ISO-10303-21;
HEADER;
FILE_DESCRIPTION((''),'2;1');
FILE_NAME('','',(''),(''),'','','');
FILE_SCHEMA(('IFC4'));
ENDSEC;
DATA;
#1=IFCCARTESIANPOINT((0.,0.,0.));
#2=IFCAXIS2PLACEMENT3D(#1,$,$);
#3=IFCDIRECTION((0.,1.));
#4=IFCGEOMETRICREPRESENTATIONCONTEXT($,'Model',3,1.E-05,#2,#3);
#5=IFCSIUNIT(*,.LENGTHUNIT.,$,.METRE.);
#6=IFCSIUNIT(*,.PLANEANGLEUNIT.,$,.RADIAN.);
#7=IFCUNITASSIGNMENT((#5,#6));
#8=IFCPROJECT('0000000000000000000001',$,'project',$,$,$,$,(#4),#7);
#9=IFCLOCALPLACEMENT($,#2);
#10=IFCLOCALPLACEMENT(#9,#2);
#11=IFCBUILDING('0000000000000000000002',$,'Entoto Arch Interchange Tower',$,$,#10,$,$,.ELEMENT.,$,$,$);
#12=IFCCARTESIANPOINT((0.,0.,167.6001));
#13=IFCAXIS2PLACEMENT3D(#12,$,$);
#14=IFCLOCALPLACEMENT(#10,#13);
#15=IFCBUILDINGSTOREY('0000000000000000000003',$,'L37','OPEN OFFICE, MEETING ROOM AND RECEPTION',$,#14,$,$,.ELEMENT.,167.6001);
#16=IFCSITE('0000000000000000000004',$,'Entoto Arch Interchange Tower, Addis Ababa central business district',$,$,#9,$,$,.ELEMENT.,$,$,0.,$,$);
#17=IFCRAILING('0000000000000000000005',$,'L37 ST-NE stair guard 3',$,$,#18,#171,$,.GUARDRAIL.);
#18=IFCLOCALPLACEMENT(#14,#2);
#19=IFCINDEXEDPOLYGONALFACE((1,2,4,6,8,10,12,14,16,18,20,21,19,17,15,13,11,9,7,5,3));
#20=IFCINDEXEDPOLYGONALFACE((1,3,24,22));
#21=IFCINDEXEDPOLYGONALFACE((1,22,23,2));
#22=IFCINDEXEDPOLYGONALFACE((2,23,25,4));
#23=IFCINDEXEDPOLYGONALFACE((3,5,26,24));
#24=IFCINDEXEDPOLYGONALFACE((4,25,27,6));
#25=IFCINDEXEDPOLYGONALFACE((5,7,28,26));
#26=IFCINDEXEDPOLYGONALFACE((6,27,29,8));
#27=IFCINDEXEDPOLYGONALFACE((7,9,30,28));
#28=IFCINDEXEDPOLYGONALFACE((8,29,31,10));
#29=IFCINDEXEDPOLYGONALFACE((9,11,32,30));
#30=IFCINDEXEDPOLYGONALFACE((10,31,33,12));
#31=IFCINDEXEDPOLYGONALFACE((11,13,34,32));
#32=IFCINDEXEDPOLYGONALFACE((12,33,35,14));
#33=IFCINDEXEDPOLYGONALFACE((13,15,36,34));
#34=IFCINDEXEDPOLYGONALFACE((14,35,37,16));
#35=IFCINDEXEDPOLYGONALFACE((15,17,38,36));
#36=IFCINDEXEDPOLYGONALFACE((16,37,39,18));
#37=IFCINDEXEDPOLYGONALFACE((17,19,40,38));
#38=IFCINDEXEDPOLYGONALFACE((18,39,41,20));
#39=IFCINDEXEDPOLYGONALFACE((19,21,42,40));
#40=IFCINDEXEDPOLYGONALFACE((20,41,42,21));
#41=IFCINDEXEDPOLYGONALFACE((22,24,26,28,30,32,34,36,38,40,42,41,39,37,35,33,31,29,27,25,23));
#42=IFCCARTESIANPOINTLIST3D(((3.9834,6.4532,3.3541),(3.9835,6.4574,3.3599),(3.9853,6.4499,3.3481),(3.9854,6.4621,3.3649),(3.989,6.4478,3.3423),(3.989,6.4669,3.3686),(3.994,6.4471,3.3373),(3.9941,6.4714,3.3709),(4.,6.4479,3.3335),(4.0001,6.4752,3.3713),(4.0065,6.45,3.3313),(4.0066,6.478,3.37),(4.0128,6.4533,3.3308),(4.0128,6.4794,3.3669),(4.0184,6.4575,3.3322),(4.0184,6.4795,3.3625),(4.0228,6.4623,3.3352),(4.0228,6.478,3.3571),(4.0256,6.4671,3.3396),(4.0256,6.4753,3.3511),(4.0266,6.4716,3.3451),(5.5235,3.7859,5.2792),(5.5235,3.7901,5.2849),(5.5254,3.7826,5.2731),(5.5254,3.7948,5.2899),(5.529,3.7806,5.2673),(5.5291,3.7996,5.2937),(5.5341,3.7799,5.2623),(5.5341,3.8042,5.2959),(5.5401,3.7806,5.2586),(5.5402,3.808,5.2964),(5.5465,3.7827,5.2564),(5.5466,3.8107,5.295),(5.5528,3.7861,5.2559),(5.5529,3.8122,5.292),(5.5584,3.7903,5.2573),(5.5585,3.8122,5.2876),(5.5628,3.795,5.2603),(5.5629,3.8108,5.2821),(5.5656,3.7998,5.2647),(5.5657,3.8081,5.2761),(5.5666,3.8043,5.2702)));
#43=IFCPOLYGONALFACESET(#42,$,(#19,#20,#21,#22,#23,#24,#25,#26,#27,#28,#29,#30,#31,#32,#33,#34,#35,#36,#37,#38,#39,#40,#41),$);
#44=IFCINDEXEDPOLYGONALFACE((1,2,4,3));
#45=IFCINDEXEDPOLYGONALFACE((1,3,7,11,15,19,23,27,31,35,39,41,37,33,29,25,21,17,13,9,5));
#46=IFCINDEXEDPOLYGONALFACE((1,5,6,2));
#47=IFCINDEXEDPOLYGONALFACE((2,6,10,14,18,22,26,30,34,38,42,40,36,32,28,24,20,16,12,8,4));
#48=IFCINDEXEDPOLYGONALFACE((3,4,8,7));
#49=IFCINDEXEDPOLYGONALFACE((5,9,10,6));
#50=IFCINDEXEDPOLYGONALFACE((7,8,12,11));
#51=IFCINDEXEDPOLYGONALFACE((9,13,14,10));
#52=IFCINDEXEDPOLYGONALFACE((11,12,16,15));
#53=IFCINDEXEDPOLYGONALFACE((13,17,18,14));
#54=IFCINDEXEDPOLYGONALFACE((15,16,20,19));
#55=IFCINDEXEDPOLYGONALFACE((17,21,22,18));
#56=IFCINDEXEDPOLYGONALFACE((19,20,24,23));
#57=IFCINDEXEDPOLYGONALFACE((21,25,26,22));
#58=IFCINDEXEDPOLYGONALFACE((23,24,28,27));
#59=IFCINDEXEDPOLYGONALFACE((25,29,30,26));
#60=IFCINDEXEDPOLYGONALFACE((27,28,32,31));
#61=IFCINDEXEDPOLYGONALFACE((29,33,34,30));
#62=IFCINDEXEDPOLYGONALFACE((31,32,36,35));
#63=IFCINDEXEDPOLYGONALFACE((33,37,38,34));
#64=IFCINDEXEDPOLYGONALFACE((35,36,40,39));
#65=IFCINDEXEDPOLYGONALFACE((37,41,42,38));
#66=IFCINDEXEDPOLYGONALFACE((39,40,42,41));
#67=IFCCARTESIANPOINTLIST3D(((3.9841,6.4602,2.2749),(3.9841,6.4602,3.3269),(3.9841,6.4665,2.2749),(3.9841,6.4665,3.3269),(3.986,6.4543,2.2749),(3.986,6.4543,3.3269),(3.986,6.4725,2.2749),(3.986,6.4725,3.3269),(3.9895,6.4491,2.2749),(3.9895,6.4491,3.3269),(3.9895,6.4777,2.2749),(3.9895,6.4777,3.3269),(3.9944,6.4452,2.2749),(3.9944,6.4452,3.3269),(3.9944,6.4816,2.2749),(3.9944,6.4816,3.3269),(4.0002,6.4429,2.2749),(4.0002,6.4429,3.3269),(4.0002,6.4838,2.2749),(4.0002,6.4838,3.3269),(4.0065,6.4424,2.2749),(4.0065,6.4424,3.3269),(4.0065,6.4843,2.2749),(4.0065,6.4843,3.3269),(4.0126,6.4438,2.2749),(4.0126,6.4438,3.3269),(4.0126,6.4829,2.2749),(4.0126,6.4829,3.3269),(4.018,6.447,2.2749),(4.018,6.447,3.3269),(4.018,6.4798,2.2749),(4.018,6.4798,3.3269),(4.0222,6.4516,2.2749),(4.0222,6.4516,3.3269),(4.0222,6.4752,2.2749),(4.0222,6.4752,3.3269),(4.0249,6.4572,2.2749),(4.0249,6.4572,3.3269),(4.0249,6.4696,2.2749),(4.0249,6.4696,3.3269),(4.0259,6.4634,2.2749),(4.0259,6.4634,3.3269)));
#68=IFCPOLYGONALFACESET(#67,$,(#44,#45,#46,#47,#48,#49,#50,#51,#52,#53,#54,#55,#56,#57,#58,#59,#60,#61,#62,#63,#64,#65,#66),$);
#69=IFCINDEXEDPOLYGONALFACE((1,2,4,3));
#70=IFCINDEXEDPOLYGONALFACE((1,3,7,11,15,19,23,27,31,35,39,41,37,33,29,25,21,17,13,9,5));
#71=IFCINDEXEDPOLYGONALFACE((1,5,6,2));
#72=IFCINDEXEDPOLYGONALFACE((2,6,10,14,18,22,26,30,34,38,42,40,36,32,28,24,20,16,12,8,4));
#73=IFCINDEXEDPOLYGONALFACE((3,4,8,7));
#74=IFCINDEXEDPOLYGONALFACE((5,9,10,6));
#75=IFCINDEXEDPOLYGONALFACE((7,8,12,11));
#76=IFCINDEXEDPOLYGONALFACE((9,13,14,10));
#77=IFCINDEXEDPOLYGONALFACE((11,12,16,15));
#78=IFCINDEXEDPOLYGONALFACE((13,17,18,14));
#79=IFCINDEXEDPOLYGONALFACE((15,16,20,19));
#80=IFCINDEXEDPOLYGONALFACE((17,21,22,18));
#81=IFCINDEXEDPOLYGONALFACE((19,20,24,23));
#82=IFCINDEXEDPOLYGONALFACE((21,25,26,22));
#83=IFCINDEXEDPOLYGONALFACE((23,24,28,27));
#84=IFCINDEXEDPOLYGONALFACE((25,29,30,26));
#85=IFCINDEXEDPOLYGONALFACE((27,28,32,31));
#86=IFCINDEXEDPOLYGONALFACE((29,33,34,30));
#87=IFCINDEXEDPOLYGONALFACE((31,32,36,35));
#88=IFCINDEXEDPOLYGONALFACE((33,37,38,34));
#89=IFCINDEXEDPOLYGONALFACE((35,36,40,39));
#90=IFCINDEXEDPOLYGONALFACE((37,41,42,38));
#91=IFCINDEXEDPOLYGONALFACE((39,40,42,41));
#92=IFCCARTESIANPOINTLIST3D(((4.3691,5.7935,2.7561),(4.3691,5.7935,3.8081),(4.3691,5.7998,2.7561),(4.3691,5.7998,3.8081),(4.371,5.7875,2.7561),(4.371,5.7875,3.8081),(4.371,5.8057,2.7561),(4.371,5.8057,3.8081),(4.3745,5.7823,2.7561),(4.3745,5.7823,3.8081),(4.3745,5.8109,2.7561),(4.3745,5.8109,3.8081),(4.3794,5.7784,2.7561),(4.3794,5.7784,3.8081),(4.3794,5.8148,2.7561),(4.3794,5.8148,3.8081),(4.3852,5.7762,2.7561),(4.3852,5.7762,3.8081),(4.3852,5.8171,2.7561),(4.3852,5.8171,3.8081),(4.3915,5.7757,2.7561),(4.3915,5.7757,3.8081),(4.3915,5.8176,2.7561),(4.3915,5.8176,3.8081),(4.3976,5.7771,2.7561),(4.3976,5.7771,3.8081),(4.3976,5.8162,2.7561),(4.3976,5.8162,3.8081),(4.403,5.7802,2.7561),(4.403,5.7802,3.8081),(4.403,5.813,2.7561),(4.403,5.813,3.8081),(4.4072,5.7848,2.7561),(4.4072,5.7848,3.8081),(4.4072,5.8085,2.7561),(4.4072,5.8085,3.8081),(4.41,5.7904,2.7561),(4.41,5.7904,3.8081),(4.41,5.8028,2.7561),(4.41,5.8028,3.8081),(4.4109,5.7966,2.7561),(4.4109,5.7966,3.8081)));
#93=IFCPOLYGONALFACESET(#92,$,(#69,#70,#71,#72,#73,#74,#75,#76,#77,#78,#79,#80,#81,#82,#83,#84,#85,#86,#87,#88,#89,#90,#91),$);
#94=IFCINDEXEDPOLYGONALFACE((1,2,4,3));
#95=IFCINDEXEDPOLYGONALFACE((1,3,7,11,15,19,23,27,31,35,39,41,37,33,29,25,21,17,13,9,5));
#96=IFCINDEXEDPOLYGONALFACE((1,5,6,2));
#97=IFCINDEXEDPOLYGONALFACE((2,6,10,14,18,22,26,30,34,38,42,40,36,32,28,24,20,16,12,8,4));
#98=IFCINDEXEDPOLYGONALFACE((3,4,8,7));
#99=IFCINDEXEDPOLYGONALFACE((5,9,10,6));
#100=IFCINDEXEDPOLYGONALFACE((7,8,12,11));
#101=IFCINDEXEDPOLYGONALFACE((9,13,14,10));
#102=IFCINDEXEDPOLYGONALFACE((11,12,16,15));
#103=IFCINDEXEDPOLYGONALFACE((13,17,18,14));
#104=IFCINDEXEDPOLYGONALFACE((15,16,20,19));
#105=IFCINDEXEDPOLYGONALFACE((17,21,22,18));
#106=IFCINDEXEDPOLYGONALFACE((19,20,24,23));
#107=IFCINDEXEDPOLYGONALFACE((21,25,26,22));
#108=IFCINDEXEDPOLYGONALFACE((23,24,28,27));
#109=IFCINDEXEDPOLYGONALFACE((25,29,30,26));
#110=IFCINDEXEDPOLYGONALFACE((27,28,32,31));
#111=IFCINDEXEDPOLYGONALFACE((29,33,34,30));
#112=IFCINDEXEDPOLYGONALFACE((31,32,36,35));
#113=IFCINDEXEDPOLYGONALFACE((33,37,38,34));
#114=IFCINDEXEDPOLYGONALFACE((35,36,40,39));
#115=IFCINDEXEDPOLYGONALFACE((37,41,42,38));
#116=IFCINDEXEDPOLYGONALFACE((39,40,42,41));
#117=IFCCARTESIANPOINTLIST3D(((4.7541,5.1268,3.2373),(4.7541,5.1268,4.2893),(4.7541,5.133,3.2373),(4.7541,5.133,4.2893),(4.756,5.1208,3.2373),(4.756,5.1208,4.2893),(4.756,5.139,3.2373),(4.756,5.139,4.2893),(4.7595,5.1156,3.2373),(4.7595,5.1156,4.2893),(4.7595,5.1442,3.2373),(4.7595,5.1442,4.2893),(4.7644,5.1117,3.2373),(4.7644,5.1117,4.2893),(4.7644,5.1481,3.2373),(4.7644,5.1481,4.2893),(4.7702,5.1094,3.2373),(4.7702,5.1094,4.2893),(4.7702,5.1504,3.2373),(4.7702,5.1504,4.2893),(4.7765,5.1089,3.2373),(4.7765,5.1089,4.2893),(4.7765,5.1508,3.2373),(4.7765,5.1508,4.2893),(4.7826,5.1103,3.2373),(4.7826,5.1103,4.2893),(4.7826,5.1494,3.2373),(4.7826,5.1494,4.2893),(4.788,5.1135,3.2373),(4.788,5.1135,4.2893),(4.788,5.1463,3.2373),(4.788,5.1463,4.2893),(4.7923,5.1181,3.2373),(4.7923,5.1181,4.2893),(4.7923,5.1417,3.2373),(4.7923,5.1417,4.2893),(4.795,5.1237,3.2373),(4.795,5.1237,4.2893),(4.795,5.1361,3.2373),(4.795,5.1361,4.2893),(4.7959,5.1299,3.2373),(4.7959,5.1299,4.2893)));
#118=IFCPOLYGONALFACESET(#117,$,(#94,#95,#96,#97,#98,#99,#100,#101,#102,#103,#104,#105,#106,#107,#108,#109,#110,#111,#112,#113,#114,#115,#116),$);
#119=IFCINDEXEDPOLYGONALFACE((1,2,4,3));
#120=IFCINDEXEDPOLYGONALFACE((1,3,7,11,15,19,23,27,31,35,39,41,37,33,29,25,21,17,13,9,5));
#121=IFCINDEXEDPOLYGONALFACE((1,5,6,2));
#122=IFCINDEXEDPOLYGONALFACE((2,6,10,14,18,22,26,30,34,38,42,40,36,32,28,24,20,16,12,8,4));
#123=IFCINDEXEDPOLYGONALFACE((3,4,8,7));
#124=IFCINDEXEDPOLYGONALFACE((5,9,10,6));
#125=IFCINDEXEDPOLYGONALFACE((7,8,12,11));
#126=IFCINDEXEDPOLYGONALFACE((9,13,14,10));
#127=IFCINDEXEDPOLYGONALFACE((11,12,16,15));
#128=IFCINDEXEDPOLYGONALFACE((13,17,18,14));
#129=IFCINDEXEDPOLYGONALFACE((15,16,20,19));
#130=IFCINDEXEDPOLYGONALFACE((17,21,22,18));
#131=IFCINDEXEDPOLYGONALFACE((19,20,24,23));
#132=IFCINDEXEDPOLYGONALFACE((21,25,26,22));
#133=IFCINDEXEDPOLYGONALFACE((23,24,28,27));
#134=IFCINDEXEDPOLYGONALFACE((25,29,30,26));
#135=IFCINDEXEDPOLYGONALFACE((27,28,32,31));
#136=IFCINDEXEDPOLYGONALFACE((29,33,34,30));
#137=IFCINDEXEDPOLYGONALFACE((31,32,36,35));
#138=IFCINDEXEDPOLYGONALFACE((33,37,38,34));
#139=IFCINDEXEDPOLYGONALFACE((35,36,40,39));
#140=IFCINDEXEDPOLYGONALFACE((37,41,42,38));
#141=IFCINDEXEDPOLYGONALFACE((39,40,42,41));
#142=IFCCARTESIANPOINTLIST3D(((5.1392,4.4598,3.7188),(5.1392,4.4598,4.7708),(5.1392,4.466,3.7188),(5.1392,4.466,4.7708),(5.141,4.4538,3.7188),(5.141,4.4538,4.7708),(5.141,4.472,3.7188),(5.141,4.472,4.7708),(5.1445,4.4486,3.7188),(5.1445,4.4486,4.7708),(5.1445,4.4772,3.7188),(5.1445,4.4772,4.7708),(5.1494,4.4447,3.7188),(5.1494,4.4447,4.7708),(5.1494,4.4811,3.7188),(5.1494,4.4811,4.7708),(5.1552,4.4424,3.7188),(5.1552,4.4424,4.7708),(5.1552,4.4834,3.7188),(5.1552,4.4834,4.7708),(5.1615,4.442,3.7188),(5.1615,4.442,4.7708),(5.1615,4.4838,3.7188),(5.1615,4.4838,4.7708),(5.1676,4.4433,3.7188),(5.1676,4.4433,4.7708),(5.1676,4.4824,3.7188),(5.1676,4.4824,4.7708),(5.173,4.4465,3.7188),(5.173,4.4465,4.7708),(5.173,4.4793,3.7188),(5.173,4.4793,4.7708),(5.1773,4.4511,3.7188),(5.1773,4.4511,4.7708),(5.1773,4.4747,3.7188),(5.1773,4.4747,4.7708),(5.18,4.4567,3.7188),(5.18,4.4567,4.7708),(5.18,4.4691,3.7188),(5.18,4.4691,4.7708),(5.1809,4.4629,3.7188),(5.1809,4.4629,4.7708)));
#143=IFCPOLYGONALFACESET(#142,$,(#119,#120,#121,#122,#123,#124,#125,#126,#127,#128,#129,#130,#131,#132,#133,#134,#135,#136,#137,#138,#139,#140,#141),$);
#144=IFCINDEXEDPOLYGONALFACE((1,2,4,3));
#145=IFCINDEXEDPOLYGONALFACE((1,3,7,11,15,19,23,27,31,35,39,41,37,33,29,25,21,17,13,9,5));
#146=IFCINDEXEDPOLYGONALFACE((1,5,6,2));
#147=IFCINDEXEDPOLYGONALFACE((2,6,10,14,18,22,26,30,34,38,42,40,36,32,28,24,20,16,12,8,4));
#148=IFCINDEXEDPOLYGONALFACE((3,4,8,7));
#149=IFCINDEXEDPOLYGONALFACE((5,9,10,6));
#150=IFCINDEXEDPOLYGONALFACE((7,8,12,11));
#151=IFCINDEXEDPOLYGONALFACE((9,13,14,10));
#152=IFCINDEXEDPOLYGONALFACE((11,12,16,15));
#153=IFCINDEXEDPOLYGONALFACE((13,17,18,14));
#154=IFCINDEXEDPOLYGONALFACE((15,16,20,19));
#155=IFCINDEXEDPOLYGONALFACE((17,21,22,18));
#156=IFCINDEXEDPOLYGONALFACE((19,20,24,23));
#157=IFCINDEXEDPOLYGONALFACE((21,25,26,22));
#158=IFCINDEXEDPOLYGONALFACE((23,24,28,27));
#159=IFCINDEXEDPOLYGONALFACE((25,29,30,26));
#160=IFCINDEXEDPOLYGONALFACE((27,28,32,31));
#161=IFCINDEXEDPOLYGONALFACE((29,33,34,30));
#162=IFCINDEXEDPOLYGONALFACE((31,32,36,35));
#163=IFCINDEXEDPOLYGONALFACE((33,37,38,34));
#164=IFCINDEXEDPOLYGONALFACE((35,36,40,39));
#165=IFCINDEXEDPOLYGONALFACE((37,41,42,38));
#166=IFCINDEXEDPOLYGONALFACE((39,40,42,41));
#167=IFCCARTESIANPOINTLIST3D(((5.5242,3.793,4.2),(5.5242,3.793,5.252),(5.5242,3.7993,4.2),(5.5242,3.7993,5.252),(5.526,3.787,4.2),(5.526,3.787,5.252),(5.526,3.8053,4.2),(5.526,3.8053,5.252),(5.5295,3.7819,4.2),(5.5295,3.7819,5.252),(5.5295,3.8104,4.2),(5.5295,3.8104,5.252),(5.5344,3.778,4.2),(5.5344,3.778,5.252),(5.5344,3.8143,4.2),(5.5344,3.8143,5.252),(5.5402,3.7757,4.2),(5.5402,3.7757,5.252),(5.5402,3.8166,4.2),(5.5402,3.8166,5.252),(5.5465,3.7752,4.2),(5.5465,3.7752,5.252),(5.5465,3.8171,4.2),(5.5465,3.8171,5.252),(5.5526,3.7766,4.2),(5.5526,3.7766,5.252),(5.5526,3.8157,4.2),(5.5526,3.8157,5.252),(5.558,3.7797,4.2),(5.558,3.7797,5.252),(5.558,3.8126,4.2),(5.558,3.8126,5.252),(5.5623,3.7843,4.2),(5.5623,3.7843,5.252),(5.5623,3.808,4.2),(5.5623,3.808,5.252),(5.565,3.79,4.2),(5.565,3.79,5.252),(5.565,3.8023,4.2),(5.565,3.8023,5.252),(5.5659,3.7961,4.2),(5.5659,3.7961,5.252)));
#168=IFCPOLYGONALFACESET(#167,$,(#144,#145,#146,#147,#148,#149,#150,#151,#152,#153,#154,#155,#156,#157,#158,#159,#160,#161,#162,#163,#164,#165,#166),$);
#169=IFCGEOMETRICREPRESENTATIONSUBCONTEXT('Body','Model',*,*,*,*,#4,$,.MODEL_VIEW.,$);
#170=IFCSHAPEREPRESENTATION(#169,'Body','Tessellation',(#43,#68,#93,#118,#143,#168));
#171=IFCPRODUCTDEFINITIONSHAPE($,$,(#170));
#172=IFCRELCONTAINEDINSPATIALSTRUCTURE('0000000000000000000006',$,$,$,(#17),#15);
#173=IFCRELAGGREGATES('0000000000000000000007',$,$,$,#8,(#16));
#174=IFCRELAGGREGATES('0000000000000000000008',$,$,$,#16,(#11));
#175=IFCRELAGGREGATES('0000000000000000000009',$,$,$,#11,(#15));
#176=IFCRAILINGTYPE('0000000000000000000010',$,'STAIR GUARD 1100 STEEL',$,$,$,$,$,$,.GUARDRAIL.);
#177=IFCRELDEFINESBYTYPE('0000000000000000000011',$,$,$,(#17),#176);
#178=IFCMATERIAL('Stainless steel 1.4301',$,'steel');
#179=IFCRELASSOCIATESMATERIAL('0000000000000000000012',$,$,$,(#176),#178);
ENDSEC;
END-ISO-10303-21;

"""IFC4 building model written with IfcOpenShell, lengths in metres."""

from ifc_helpers import new_model, si_unit, direction, frame, origin, origin_2d, place, context, subcontext, project, spatial, circle, extrude, material, type_object, element, save


model = new_model("IFC4")

# Units and contexts
model_context = context("Model", 3, precision=1e-05, world=origin(), true_north=direction((0.0, 1.0)))
body_context = subcontext(model_context, "Body", "Model", "MODEL_VIEW")
ifc_project = project(units=[si_unit("LENGTHUNIT", "METRE"), si_unit("PLANEANGLEUNIT", "RADIAN")], contexts=[model_context])

# Site, building, storey
site_placement = place(None, origin())
site = spatial("IfcSite", under=ifc_project, at=site_placement, Name="Entoto Arch Interchange Tower, Addis Ababa central business district", CompositionType="ELEMENT", RefElevation=0.0)
building_placement = place(site_placement, origin())
building = spatial("IfcBuilding", under=site, at=building_placement, Name="Entoto Arch Interchange Tower", CompositionType="ELEMENT")
storey_placement = place(building_placement, frame((0.0, 0.0, 167.6001)))
storey = spatial("IfcBuildingStorey", under=building, at=storey_placement, Name="L37", Description="OPEN OFFICE, MEETING ROOM AND RECEPTION", CompositionType="ELEMENT", Elevation=167.6001)

# Railing
ifc_material_1 = material(Name="Stainless steel 1.4301", Category="steel")
railing_type = type_object("IfcRailingType", Name="STAIR GUARD 1100 STEEL", PredefinedType="GUARDRAIL", material=ifc_material_1)
railing_1_placement = place(storey_placement, frame((4.0049, 6.4634, 2.2749)))
element("IfcRailing", 1, at=railing_1_placement, inside=storey, type_object=railing_type, Name="L37 ST-NE stair guard 3", PredefinedType="GUARDRAIL", context=body_context, shape_type="SweptSolid", body=[
    extrude(circle(Radius=0.0239, at=origin_2d()), frame((0.0, 0.0, 1.0762), z_axis=(0.424015, -0.734364, 0.530019), x_axis=(0.86601, 0.500027, 0.0)), (0.0, 0.0, 1.0), 3.6321),
    extrude(circle(Radius=0.021, at=origin_2d()), origin(), (0.0, 0.0, 1.0), 1.052),
    extrude(circle(Radius=0.021, at=origin_2d()), frame((0.385, -0.6667, 0.4812)), (0.0, 0.0, 1.0), 1.052),
    extrude(circle(Radius=0.021, at=origin_2d()), frame((0.77, -1.3335, 0.9624)), (0.0, 0.0, 1.0), 1.052),
    extrude(circle(Radius=0.021, at=origin_2d()), frame((1.155, -2.0005, 1.4438)), (0.0, 0.0, 1.0), 1.052),
    extrude(circle(Radius=0.021, at=origin_2d()), frame((1.54, -2.6672, 1.925)), (0.0, 0.0, 1.0), 1.052),
])

save(model, "model.ifc")
